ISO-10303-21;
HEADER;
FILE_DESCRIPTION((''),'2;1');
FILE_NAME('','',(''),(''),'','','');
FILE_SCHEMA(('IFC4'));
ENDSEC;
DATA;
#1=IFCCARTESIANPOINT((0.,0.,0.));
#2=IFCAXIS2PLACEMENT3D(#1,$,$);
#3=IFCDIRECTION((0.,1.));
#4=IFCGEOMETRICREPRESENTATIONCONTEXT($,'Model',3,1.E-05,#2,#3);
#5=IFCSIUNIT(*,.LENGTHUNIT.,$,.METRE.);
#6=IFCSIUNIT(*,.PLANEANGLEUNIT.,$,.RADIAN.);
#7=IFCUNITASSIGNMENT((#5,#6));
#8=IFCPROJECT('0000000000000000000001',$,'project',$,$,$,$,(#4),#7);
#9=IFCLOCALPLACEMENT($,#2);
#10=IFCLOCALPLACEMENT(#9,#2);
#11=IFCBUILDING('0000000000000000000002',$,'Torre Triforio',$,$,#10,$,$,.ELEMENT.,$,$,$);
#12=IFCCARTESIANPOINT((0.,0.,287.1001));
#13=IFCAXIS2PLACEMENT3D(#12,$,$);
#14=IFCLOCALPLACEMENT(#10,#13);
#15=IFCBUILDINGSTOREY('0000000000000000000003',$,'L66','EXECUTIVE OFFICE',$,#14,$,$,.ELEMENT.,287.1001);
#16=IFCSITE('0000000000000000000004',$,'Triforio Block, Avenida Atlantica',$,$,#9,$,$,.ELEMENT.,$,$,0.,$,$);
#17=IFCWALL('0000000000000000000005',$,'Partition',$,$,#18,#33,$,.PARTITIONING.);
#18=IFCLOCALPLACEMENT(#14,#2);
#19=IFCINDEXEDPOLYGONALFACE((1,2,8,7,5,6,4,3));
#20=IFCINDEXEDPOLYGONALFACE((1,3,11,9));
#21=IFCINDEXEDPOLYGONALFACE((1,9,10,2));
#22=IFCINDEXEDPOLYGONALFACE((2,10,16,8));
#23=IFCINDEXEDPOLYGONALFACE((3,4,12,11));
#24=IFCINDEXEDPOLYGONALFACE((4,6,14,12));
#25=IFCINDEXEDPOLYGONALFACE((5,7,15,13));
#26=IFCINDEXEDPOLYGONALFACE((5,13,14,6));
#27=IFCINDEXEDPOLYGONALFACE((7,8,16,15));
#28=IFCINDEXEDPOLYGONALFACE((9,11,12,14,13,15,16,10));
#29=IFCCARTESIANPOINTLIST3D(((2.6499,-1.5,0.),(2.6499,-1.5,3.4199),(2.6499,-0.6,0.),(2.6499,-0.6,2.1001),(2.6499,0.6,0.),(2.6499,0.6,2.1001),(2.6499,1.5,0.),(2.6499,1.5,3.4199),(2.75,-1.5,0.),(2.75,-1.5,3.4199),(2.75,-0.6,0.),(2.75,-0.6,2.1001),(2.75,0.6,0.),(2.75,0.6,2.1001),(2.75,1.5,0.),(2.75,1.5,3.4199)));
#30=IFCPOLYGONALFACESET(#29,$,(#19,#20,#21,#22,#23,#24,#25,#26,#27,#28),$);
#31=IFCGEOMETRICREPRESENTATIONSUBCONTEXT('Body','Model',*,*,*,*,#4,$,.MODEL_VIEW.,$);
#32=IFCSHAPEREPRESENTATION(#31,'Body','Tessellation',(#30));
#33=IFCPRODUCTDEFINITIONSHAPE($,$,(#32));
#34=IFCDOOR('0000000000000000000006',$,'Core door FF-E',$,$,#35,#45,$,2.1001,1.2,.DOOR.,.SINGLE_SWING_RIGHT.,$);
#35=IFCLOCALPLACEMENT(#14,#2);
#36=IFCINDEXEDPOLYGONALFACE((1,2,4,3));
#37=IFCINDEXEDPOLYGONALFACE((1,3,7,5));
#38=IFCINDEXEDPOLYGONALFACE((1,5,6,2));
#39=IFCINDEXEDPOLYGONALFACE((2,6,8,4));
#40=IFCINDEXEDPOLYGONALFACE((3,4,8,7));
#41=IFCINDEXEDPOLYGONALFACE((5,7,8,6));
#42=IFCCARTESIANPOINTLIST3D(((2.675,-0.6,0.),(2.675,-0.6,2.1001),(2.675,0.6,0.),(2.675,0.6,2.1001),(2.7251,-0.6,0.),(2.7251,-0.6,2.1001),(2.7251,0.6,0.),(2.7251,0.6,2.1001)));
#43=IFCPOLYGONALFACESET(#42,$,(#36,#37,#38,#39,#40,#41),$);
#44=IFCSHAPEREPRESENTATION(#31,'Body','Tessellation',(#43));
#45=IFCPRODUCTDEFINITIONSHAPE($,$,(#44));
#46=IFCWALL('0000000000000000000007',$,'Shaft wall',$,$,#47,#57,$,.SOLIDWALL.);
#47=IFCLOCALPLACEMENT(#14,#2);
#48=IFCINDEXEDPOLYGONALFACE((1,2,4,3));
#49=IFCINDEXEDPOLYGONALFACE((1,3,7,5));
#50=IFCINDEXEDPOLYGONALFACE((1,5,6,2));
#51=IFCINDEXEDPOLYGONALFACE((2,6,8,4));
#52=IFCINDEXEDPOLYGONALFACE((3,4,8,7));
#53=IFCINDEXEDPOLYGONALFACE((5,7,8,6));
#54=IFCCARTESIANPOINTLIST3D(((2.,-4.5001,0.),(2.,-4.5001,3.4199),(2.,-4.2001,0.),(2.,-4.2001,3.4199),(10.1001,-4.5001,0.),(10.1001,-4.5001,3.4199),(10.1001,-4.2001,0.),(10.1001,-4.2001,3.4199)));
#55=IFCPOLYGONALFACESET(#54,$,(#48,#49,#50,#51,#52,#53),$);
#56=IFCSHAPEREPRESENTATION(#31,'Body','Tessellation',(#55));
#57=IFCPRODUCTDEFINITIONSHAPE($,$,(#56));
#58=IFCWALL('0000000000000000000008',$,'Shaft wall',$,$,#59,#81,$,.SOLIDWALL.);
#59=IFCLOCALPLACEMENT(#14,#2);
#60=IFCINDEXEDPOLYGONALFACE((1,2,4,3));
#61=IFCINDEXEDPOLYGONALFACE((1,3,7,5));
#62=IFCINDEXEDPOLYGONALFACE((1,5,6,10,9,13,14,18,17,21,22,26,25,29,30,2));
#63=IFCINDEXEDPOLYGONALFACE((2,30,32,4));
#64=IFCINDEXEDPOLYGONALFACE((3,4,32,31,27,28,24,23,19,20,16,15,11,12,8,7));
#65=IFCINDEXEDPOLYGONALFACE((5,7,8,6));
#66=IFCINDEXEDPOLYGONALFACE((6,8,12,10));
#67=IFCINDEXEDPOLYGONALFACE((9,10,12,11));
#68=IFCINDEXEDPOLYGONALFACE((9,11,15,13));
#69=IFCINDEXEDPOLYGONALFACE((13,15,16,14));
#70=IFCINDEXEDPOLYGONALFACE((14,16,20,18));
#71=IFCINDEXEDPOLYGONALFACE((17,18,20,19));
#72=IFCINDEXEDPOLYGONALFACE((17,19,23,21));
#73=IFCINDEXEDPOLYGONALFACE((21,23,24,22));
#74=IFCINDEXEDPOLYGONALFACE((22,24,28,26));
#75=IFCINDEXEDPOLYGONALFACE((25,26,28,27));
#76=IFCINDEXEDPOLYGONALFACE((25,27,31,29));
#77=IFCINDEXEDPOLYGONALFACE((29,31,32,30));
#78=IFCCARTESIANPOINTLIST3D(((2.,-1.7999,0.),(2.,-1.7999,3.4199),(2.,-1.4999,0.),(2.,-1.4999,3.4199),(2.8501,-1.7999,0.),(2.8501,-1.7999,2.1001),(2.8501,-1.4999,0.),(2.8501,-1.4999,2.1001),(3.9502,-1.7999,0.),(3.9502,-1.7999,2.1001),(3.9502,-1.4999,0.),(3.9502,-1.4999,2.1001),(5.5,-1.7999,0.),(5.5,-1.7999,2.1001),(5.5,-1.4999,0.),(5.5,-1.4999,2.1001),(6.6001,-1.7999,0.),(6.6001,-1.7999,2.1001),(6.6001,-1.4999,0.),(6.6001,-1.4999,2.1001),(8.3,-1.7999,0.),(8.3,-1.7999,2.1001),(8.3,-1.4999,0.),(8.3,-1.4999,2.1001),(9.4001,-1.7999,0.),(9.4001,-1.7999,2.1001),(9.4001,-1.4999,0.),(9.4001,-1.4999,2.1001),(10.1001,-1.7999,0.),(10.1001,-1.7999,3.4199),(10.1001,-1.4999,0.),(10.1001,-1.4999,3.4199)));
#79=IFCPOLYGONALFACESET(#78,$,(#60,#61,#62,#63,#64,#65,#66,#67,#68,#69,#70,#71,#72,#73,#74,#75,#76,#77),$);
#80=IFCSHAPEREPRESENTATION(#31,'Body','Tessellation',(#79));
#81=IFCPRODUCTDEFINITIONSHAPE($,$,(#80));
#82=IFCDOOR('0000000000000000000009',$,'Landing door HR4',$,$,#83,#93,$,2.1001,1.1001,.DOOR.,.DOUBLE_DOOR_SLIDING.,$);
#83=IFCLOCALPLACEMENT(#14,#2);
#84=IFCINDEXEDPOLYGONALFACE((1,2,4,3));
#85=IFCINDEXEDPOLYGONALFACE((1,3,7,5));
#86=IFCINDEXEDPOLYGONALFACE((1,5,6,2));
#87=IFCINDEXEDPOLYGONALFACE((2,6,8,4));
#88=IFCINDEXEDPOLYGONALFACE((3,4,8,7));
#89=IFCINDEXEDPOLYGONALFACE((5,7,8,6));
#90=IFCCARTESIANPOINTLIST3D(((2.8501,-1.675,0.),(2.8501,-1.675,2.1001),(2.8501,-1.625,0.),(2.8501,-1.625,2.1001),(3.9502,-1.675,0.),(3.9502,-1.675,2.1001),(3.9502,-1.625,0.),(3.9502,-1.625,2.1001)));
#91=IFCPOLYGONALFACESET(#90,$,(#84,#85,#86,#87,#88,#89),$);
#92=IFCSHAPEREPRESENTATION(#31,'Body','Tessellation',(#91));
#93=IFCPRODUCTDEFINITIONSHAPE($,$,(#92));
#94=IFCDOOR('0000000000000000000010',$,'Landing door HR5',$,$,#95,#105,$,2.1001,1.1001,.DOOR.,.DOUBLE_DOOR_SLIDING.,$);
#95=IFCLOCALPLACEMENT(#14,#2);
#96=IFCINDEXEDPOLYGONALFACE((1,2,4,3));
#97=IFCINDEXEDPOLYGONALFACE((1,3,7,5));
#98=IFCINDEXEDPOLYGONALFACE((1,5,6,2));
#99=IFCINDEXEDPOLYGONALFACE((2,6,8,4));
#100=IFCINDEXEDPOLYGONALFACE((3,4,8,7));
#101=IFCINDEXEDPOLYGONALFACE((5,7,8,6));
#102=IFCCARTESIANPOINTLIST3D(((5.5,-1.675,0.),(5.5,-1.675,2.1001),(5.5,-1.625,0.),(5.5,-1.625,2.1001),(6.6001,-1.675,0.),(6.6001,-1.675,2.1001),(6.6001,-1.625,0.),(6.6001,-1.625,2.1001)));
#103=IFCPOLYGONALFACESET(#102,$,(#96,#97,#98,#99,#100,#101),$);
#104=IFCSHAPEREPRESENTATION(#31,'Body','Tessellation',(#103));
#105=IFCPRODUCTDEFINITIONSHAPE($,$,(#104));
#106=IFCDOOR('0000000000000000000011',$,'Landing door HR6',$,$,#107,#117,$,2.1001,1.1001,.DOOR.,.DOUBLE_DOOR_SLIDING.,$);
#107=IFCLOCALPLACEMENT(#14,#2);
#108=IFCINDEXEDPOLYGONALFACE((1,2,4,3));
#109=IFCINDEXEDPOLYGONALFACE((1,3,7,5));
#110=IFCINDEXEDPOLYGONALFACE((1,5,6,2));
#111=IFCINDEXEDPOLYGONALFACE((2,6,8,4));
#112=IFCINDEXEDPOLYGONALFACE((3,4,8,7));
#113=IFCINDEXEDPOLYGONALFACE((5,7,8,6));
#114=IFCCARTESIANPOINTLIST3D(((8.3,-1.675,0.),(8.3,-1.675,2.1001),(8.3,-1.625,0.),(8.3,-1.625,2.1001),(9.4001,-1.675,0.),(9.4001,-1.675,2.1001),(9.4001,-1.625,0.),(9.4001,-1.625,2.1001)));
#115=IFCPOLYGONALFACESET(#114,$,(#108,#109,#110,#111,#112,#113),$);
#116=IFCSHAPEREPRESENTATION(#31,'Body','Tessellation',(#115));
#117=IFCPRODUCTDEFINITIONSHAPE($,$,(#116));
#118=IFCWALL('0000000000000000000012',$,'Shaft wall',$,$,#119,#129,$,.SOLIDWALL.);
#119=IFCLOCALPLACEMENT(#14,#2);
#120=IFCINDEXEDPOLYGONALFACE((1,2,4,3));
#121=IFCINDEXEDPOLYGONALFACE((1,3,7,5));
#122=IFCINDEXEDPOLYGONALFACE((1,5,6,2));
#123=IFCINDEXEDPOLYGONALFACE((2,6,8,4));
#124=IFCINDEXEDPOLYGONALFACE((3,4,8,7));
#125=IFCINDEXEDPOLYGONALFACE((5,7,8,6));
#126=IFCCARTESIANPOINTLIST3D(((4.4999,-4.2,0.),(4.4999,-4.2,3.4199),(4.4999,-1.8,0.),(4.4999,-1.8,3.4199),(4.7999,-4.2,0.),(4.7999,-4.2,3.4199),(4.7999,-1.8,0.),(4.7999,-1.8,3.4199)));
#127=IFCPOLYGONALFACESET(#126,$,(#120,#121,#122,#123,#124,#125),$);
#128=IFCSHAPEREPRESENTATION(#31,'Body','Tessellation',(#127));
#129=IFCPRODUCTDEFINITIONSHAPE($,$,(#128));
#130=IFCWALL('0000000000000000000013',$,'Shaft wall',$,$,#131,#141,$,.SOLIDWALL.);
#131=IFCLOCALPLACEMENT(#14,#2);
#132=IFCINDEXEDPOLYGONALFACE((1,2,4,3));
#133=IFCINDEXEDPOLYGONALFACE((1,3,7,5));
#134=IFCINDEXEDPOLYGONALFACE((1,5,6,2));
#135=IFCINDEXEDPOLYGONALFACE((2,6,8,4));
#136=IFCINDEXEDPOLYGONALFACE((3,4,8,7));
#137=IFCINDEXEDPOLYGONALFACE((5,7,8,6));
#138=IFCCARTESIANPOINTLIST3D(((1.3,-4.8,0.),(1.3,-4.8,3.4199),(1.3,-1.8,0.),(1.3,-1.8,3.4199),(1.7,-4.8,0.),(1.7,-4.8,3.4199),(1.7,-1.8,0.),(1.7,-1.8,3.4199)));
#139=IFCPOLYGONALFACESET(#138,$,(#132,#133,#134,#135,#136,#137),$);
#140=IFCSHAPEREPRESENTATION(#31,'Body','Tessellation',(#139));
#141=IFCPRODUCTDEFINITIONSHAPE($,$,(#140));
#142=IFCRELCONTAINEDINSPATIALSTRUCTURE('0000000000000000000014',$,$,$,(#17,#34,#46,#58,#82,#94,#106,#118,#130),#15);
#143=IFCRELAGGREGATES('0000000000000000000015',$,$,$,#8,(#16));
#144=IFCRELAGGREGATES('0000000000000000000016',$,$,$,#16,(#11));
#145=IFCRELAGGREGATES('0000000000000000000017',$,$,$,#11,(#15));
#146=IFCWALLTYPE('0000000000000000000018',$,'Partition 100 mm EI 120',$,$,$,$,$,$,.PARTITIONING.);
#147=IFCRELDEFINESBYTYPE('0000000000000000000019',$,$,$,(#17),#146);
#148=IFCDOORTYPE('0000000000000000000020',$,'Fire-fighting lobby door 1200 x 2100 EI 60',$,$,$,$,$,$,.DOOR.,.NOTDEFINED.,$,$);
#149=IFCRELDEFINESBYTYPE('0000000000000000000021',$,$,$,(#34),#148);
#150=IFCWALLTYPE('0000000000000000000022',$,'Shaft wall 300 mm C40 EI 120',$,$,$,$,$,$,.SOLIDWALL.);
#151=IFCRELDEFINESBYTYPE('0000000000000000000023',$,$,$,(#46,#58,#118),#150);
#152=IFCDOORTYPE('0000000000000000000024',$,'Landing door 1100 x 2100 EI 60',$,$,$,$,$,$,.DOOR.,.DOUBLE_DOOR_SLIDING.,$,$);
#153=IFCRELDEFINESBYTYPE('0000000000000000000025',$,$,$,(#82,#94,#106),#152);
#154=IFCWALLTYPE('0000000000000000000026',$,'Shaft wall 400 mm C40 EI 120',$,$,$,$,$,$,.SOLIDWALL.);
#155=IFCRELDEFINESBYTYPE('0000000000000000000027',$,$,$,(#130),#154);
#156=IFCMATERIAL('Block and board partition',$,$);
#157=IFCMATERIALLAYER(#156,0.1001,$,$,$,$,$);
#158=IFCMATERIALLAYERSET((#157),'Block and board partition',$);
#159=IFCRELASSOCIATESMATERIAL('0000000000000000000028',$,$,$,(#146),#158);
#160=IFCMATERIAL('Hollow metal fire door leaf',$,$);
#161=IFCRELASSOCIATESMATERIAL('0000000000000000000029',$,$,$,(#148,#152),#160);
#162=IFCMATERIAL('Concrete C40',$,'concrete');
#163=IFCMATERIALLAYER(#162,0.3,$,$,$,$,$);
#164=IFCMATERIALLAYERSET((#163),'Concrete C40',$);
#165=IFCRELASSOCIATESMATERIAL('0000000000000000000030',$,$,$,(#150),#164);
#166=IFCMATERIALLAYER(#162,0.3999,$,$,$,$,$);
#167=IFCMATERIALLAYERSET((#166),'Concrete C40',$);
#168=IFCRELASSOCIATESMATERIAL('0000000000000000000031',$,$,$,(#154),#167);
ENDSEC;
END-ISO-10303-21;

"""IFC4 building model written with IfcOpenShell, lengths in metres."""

from ifc_helpers import new_model, si_unit, direction, frame, frame_2d, origin, place, context, subcontext, project, spatial, rectangle, extrude, material, layer, layer_set, type_object, element, fill, save


model = new_model("IFC4")

# Units and contexts
model_context = context("Model", 3, precision=1e-05, world=origin(), true_north=direction((0.0, 1.0)))
body_context = subcontext(model_context, "Body", "Model", "MODEL_VIEW")
ifc_project = project(units=[si_unit("LENGTHUNIT", "METRE"), si_unit("PLANEANGLEUNIT", "RADIAN")], contexts=[model_context])

# Site, building, storey
site_placement = place(None, origin())
site = spatial("IfcSite", under=ifc_project, at=site_placement, Name="Triforio Block, Avenida Atlantica", CompositionType="ELEMENT", RefElevation=0.0)
building_placement = place(site_placement, origin())
building = spatial("IfcBuilding", under=site, at=building_placement, Name="Torre Triforio", CompositionType="ELEMENT")
storey_placement = place(building_placement, frame((0.0, 0.0, 287.1001)))
storey = spatial("IfcBuildingStorey", under=building, at=storey_placement, Name="L66", Description="EXECUTIVE OFFICE", CompositionType="ELEMENT", Elevation=287.1001)

# Shared definitions
ifc_material_1 = material(Name="Concrete C40", Category="concrete")

# Wall, opening, door
ifc_material_2 = material(Name="Block and board partition")
ifc_layer_1 = layer(ifc_material_2, 0.1001)
ifc_layer_set_1 = layer_set([ifc_layer_1], Name="Block and board partition")
wall_type_1 = type_object("IfcWallType", Name="Partition 100 mm EI 120", PredefinedType="PARTITIONING", material=ifc_layer_set_1)
wall_1_placement = place(storey_placement, frame((2.7, -1.5, 0.0), z_axis=(0.0, 0.0, 1.0), x_axis=(0.0, 1.0, 0.0)))
wall_1 = element("IfcWall", 1, at=wall_1_placement, inside=storey, type_object=wall_type_1, Name="Partition", PredefinedType="PARTITIONING", context=body_context, shape_type="SweptSolid", body=[
    extrude(rectangle(XDim=3.0, YDim=0.1001, at=frame_2d((1.5, 0.0))), origin(), (0.0, 0.0, 1.0), 3.4199),
])
opening_1_placement = place(wall_1_placement, frame((0.8999, 0.0, 0.0)))
opening_1 = element("IfcOpeningElement", 2, at=opening_1_placement, cuts=wall_1, PredefinedType="OPENING", context=body_context, shape_type="SweptSolid", body=[
    extrude(rectangle(XDim=1.2, YDim=2.1001, at=frame_2d((0.6001, 1.05))), frame((0.0, 0.0601, 0.0), z_axis=(0.0, -1.0, 0.0), x_axis=(1.0, 0.0, 0.0)), (0.0, 0.0, 1.0), 0.1201),
])
ifc_material_3 = material(Name="Hollow metal fire door leaf")
door_type_1 = type_object("IfcDoorType", Name="Fire-fighting lobby door 1200 x 2100 EI 60", OperationType="NOTDEFINED", PredefinedType="DOOR", material=ifc_material_3)
door_1_placement = place(opening_1_placement, origin())
door_1 = element("IfcDoor", 3, at=door_1_placement, inside=storey, type_object=door_type_1, Name="Core door FF-E", OperationType="SINGLE_SWING_RIGHT", OverallHeight=2.1001, OverallWidth=1.2, PredefinedType="DOOR", context=body_context, shape_type="SweptSolid", body=[
    extrude(rectangle(XDim=1.2, YDim=2.1001, at=frame_2d((0.6001, 1.05))), frame((0.0, 0.0249, 0.0), z_axis=(0.0, -1.0, 0.0), x_axis=(1.0, 0.0, 0.0)), (0.0, 0.0, 1.0), 0.05),
])
fill(opening_1, door_1)

# Wall
ifc_layer_2 = layer(ifc_material_1, 0.3)
ifc_layer_set_2 = layer_set([ifc_layer_2], Name="Concrete C40")
wall_type_2 = type_object("IfcWallType", Name="Shaft wall 300 mm C40 EI 120", PredefinedType="SOLIDWALL", material=ifc_layer_set_2)
wall_2_placement = place(storey_placement, frame((2.0, -4.3501, 0.0), z_axis=(0.0, 0.0, 1.0), x_axis=(1.0, 0.0, 0.0)))
element("IfcWall", 4, at=wall_2_placement, inside=storey, type_object=wall_type_2, Name="Shaft wall", PredefinedType="SOLIDWALL", context=body_context, shape_type="SweptSolid", body=[
    extrude(rectangle(XDim=8.1001, YDim=0.3, at=frame_2d((4.05, 0.0))), origin(), (0.0, 0.0, 1.0), 3.4199),
])

# Wall, openings, doors
wall_3_placement = place(storey_placement, frame((2.0, -1.6499, 0.0), z_axis=(0.0, 0.0, 1.0), x_axis=(1.0, 0.0, 0.0)))
wall_3 = element("IfcWall", 5, at=wall_3_placement, inside=storey, type_object=wall_type_2, Name="Shaft wall", PredefinedType="SOLIDWALL", context=body_context, shape_type="SweptSolid", body=[
    extrude(rectangle(XDim=8.1001, YDim=0.3, at=frame_2d((4.05, 0.0))), origin(), (0.0, 0.0, 1.0), 3.4199),
])
opening_2_placement = place(wall_3_placement, frame((0.8501, 0.0, 0.0)))
opening_2 = element("IfcOpeningElement", 6, at=opening_2_placement, cuts=wall_3, PredefinedType="OPENING", context=body_context, shape_type="SweptSolid", body=[
    extrude(rectangle(XDim=1.1001, YDim=2.1001, at=frame_2d((0.55, 1.05))), frame((0.0, 0.1599, 0.0), z_axis=(0.0, -1.0, 0.0), x_axis=(1.0, 0.0, 0.0)), (0.0, 0.0, 1.0), 0.3201),
])
opening_3_placement = place(wall_3_placement, frame((3.5, 0.0, 0.0)))
opening_3 = element("IfcOpeningElement", 7, at=opening_3_placement, cuts=wall_3, PredefinedType="OPENING", context=body_context, shape_type="SweptSolid", body=[
    extrude(rectangle(XDim=1.1001, YDim=2.1001, at=frame_2d((0.55, 1.05))), frame((0.0, 0.1599, 0.0), z_axis=(0.0, -1.0, 0.0), x_axis=(1.0, 0.0, 0.0)), (0.0, 0.0, 1.0), 0.3201),
])
opening_4_placement = place(wall_3_placement, frame((6.3, 0.0, 0.0)))
opening_4 = element("IfcOpeningElement", 8, at=opening_4_placement, cuts=wall_3, PredefinedType="OPENING", context=body_context, shape_type="SweptSolid", body=[
    extrude(rectangle(XDim=1.1001, YDim=2.1001, at=frame_2d((0.55, 1.05))), frame((0.0, 0.1599, 0.0), z_axis=(0.0, -1.0, 0.0), x_axis=(1.0, 0.0, 0.0)), (0.0, 0.0, 1.0), 0.3201),
])
door_type_2 = type_object("IfcDoorType", Name="Landing door 1100 x 2100 EI 60", OperationType="DOUBLE_DOOR_SLIDING", PredefinedType="DOOR", material=ifc_material_3)
door_2_placement = place(opening_2_placement, origin())
door_2 = element("IfcDoor", 9, at=door_2_placement, inside=storey, type_object=door_type_2, Name="Landing door HR4", OperationType="DOUBLE_DOOR_SLIDING", OverallHeight=2.1001, OverallWidth=1.1001, PredefinedType="DOOR", context=body_context, shape_type="SweptSolid", body=[
    extrude(rectangle(XDim=1.1001, YDim=2.1001, at=frame_2d((0.55, 1.05))), frame((0.0, 0.0249, 0.0), z_axis=(0.0, -1.0, 0.0), x_axis=(1.0, 0.0, 0.0)), (0.0, 0.0, 1.0), 0.05),
])
fill(opening_2, door_2)
door_3_placement = place(opening_3_placement, origin())
door_3 = element("IfcDoor", 10, at=door_3_placement, inside=storey, type_object=door_type_2, Name="Landing door HR5", OperationType="DOUBLE_DOOR_SLIDING", OverallHeight=2.1001, OverallWidth=1.1001, PredefinedType="DOOR", context=body_context, shape_type="SweptSolid", body=[
    extrude(rectangle(XDim=1.1001, YDim=2.1001, at=frame_2d((0.55, 1.05))), frame((0.0, 0.0249, 0.0), z_axis=(0.0, -1.0, 0.0), x_axis=(1.0, 0.0, 0.0)), (0.0, 0.0, 1.0), 0.05),
])
fill(opening_3, door_3)
door_4_placement = place(opening_4_placement, origin())
door_4 = element("IfcDoor", 11, at=door_4_placement, inside=storey, type_object=door_type_2, Name="Landing door HR6", OperationType="DOUBLE_DOOR_SLIDING", OverallHeight=2.1001, OverallWidth=1.1001, PredefinedType="DOOR", context=body_context, shape_type="SweptSolid", body=[
    extrude(rectangle(XDim=1.1001, YDim=2.1001, at=frame_2d((0.55, 1.05))), frame((0.0, 0.0249, 0.0), z_axis=(0.0, -1.0, 0.0), x_axis=(1.0, 0.0, 0.0)), (0.0, 0.0, 1.0), 0.05),
])
fill(opening_4, door_4)

# Walls
wall_4_placement = place(storey_placement, frame((4.6499, -4.2, 0.0), z_axis=(0.0, 0.0, 1.0), x_axis=(0.0, 1.0, 0.0)))
element("IfcWall", 12, at=wall_4_placement, inside=storey, type_object=wall_type_2, Name="Shaft wall", PredefinedType="SOLIDWALL", context=body_context, shape_type="SweptSolid", body=[
    extrude(rectangle(XDim=2.3999, YDim=0.3, at=frame_2d((1.2, 0.0))), origin(), (0.0, 0.0, 1.0), 3.4199),
])
ifc_layer_3 = layer(ifc_material_1, 0.3999)
ifc_layer_set_3 = layer_set([ifc_layer_3], Name="Concrete C40")
wall_type_3 = type_object("IfcWallType", Name="Shaft wall 400 mm C40 EI 120", PredefinedType="SOLIDWALL", material=ifc_layer_set_3)
wall_5_placement = place(storey_placement, frame((1.5, -4.8, 0.0), z_axis=(0.0, 0.0, 1.0), x_axis=(0.0, 1.0, 0.0)))
element("IfcWall", 13, at=wall_5_placement, inside=storey, type_object=wall_type_3, Name="Shaft wall", PredefinedType="SOLIDWALL", context=body_context, shape_type="SweptSolid", body=[
    extrude(rectangle(XDim=3.0, YDim=0.3999, at=frame_2d((1.5, 0.0))), origin(), (0.0, 0.0, 1.0), 3.4199),
])

save(model, "model.ifc")
